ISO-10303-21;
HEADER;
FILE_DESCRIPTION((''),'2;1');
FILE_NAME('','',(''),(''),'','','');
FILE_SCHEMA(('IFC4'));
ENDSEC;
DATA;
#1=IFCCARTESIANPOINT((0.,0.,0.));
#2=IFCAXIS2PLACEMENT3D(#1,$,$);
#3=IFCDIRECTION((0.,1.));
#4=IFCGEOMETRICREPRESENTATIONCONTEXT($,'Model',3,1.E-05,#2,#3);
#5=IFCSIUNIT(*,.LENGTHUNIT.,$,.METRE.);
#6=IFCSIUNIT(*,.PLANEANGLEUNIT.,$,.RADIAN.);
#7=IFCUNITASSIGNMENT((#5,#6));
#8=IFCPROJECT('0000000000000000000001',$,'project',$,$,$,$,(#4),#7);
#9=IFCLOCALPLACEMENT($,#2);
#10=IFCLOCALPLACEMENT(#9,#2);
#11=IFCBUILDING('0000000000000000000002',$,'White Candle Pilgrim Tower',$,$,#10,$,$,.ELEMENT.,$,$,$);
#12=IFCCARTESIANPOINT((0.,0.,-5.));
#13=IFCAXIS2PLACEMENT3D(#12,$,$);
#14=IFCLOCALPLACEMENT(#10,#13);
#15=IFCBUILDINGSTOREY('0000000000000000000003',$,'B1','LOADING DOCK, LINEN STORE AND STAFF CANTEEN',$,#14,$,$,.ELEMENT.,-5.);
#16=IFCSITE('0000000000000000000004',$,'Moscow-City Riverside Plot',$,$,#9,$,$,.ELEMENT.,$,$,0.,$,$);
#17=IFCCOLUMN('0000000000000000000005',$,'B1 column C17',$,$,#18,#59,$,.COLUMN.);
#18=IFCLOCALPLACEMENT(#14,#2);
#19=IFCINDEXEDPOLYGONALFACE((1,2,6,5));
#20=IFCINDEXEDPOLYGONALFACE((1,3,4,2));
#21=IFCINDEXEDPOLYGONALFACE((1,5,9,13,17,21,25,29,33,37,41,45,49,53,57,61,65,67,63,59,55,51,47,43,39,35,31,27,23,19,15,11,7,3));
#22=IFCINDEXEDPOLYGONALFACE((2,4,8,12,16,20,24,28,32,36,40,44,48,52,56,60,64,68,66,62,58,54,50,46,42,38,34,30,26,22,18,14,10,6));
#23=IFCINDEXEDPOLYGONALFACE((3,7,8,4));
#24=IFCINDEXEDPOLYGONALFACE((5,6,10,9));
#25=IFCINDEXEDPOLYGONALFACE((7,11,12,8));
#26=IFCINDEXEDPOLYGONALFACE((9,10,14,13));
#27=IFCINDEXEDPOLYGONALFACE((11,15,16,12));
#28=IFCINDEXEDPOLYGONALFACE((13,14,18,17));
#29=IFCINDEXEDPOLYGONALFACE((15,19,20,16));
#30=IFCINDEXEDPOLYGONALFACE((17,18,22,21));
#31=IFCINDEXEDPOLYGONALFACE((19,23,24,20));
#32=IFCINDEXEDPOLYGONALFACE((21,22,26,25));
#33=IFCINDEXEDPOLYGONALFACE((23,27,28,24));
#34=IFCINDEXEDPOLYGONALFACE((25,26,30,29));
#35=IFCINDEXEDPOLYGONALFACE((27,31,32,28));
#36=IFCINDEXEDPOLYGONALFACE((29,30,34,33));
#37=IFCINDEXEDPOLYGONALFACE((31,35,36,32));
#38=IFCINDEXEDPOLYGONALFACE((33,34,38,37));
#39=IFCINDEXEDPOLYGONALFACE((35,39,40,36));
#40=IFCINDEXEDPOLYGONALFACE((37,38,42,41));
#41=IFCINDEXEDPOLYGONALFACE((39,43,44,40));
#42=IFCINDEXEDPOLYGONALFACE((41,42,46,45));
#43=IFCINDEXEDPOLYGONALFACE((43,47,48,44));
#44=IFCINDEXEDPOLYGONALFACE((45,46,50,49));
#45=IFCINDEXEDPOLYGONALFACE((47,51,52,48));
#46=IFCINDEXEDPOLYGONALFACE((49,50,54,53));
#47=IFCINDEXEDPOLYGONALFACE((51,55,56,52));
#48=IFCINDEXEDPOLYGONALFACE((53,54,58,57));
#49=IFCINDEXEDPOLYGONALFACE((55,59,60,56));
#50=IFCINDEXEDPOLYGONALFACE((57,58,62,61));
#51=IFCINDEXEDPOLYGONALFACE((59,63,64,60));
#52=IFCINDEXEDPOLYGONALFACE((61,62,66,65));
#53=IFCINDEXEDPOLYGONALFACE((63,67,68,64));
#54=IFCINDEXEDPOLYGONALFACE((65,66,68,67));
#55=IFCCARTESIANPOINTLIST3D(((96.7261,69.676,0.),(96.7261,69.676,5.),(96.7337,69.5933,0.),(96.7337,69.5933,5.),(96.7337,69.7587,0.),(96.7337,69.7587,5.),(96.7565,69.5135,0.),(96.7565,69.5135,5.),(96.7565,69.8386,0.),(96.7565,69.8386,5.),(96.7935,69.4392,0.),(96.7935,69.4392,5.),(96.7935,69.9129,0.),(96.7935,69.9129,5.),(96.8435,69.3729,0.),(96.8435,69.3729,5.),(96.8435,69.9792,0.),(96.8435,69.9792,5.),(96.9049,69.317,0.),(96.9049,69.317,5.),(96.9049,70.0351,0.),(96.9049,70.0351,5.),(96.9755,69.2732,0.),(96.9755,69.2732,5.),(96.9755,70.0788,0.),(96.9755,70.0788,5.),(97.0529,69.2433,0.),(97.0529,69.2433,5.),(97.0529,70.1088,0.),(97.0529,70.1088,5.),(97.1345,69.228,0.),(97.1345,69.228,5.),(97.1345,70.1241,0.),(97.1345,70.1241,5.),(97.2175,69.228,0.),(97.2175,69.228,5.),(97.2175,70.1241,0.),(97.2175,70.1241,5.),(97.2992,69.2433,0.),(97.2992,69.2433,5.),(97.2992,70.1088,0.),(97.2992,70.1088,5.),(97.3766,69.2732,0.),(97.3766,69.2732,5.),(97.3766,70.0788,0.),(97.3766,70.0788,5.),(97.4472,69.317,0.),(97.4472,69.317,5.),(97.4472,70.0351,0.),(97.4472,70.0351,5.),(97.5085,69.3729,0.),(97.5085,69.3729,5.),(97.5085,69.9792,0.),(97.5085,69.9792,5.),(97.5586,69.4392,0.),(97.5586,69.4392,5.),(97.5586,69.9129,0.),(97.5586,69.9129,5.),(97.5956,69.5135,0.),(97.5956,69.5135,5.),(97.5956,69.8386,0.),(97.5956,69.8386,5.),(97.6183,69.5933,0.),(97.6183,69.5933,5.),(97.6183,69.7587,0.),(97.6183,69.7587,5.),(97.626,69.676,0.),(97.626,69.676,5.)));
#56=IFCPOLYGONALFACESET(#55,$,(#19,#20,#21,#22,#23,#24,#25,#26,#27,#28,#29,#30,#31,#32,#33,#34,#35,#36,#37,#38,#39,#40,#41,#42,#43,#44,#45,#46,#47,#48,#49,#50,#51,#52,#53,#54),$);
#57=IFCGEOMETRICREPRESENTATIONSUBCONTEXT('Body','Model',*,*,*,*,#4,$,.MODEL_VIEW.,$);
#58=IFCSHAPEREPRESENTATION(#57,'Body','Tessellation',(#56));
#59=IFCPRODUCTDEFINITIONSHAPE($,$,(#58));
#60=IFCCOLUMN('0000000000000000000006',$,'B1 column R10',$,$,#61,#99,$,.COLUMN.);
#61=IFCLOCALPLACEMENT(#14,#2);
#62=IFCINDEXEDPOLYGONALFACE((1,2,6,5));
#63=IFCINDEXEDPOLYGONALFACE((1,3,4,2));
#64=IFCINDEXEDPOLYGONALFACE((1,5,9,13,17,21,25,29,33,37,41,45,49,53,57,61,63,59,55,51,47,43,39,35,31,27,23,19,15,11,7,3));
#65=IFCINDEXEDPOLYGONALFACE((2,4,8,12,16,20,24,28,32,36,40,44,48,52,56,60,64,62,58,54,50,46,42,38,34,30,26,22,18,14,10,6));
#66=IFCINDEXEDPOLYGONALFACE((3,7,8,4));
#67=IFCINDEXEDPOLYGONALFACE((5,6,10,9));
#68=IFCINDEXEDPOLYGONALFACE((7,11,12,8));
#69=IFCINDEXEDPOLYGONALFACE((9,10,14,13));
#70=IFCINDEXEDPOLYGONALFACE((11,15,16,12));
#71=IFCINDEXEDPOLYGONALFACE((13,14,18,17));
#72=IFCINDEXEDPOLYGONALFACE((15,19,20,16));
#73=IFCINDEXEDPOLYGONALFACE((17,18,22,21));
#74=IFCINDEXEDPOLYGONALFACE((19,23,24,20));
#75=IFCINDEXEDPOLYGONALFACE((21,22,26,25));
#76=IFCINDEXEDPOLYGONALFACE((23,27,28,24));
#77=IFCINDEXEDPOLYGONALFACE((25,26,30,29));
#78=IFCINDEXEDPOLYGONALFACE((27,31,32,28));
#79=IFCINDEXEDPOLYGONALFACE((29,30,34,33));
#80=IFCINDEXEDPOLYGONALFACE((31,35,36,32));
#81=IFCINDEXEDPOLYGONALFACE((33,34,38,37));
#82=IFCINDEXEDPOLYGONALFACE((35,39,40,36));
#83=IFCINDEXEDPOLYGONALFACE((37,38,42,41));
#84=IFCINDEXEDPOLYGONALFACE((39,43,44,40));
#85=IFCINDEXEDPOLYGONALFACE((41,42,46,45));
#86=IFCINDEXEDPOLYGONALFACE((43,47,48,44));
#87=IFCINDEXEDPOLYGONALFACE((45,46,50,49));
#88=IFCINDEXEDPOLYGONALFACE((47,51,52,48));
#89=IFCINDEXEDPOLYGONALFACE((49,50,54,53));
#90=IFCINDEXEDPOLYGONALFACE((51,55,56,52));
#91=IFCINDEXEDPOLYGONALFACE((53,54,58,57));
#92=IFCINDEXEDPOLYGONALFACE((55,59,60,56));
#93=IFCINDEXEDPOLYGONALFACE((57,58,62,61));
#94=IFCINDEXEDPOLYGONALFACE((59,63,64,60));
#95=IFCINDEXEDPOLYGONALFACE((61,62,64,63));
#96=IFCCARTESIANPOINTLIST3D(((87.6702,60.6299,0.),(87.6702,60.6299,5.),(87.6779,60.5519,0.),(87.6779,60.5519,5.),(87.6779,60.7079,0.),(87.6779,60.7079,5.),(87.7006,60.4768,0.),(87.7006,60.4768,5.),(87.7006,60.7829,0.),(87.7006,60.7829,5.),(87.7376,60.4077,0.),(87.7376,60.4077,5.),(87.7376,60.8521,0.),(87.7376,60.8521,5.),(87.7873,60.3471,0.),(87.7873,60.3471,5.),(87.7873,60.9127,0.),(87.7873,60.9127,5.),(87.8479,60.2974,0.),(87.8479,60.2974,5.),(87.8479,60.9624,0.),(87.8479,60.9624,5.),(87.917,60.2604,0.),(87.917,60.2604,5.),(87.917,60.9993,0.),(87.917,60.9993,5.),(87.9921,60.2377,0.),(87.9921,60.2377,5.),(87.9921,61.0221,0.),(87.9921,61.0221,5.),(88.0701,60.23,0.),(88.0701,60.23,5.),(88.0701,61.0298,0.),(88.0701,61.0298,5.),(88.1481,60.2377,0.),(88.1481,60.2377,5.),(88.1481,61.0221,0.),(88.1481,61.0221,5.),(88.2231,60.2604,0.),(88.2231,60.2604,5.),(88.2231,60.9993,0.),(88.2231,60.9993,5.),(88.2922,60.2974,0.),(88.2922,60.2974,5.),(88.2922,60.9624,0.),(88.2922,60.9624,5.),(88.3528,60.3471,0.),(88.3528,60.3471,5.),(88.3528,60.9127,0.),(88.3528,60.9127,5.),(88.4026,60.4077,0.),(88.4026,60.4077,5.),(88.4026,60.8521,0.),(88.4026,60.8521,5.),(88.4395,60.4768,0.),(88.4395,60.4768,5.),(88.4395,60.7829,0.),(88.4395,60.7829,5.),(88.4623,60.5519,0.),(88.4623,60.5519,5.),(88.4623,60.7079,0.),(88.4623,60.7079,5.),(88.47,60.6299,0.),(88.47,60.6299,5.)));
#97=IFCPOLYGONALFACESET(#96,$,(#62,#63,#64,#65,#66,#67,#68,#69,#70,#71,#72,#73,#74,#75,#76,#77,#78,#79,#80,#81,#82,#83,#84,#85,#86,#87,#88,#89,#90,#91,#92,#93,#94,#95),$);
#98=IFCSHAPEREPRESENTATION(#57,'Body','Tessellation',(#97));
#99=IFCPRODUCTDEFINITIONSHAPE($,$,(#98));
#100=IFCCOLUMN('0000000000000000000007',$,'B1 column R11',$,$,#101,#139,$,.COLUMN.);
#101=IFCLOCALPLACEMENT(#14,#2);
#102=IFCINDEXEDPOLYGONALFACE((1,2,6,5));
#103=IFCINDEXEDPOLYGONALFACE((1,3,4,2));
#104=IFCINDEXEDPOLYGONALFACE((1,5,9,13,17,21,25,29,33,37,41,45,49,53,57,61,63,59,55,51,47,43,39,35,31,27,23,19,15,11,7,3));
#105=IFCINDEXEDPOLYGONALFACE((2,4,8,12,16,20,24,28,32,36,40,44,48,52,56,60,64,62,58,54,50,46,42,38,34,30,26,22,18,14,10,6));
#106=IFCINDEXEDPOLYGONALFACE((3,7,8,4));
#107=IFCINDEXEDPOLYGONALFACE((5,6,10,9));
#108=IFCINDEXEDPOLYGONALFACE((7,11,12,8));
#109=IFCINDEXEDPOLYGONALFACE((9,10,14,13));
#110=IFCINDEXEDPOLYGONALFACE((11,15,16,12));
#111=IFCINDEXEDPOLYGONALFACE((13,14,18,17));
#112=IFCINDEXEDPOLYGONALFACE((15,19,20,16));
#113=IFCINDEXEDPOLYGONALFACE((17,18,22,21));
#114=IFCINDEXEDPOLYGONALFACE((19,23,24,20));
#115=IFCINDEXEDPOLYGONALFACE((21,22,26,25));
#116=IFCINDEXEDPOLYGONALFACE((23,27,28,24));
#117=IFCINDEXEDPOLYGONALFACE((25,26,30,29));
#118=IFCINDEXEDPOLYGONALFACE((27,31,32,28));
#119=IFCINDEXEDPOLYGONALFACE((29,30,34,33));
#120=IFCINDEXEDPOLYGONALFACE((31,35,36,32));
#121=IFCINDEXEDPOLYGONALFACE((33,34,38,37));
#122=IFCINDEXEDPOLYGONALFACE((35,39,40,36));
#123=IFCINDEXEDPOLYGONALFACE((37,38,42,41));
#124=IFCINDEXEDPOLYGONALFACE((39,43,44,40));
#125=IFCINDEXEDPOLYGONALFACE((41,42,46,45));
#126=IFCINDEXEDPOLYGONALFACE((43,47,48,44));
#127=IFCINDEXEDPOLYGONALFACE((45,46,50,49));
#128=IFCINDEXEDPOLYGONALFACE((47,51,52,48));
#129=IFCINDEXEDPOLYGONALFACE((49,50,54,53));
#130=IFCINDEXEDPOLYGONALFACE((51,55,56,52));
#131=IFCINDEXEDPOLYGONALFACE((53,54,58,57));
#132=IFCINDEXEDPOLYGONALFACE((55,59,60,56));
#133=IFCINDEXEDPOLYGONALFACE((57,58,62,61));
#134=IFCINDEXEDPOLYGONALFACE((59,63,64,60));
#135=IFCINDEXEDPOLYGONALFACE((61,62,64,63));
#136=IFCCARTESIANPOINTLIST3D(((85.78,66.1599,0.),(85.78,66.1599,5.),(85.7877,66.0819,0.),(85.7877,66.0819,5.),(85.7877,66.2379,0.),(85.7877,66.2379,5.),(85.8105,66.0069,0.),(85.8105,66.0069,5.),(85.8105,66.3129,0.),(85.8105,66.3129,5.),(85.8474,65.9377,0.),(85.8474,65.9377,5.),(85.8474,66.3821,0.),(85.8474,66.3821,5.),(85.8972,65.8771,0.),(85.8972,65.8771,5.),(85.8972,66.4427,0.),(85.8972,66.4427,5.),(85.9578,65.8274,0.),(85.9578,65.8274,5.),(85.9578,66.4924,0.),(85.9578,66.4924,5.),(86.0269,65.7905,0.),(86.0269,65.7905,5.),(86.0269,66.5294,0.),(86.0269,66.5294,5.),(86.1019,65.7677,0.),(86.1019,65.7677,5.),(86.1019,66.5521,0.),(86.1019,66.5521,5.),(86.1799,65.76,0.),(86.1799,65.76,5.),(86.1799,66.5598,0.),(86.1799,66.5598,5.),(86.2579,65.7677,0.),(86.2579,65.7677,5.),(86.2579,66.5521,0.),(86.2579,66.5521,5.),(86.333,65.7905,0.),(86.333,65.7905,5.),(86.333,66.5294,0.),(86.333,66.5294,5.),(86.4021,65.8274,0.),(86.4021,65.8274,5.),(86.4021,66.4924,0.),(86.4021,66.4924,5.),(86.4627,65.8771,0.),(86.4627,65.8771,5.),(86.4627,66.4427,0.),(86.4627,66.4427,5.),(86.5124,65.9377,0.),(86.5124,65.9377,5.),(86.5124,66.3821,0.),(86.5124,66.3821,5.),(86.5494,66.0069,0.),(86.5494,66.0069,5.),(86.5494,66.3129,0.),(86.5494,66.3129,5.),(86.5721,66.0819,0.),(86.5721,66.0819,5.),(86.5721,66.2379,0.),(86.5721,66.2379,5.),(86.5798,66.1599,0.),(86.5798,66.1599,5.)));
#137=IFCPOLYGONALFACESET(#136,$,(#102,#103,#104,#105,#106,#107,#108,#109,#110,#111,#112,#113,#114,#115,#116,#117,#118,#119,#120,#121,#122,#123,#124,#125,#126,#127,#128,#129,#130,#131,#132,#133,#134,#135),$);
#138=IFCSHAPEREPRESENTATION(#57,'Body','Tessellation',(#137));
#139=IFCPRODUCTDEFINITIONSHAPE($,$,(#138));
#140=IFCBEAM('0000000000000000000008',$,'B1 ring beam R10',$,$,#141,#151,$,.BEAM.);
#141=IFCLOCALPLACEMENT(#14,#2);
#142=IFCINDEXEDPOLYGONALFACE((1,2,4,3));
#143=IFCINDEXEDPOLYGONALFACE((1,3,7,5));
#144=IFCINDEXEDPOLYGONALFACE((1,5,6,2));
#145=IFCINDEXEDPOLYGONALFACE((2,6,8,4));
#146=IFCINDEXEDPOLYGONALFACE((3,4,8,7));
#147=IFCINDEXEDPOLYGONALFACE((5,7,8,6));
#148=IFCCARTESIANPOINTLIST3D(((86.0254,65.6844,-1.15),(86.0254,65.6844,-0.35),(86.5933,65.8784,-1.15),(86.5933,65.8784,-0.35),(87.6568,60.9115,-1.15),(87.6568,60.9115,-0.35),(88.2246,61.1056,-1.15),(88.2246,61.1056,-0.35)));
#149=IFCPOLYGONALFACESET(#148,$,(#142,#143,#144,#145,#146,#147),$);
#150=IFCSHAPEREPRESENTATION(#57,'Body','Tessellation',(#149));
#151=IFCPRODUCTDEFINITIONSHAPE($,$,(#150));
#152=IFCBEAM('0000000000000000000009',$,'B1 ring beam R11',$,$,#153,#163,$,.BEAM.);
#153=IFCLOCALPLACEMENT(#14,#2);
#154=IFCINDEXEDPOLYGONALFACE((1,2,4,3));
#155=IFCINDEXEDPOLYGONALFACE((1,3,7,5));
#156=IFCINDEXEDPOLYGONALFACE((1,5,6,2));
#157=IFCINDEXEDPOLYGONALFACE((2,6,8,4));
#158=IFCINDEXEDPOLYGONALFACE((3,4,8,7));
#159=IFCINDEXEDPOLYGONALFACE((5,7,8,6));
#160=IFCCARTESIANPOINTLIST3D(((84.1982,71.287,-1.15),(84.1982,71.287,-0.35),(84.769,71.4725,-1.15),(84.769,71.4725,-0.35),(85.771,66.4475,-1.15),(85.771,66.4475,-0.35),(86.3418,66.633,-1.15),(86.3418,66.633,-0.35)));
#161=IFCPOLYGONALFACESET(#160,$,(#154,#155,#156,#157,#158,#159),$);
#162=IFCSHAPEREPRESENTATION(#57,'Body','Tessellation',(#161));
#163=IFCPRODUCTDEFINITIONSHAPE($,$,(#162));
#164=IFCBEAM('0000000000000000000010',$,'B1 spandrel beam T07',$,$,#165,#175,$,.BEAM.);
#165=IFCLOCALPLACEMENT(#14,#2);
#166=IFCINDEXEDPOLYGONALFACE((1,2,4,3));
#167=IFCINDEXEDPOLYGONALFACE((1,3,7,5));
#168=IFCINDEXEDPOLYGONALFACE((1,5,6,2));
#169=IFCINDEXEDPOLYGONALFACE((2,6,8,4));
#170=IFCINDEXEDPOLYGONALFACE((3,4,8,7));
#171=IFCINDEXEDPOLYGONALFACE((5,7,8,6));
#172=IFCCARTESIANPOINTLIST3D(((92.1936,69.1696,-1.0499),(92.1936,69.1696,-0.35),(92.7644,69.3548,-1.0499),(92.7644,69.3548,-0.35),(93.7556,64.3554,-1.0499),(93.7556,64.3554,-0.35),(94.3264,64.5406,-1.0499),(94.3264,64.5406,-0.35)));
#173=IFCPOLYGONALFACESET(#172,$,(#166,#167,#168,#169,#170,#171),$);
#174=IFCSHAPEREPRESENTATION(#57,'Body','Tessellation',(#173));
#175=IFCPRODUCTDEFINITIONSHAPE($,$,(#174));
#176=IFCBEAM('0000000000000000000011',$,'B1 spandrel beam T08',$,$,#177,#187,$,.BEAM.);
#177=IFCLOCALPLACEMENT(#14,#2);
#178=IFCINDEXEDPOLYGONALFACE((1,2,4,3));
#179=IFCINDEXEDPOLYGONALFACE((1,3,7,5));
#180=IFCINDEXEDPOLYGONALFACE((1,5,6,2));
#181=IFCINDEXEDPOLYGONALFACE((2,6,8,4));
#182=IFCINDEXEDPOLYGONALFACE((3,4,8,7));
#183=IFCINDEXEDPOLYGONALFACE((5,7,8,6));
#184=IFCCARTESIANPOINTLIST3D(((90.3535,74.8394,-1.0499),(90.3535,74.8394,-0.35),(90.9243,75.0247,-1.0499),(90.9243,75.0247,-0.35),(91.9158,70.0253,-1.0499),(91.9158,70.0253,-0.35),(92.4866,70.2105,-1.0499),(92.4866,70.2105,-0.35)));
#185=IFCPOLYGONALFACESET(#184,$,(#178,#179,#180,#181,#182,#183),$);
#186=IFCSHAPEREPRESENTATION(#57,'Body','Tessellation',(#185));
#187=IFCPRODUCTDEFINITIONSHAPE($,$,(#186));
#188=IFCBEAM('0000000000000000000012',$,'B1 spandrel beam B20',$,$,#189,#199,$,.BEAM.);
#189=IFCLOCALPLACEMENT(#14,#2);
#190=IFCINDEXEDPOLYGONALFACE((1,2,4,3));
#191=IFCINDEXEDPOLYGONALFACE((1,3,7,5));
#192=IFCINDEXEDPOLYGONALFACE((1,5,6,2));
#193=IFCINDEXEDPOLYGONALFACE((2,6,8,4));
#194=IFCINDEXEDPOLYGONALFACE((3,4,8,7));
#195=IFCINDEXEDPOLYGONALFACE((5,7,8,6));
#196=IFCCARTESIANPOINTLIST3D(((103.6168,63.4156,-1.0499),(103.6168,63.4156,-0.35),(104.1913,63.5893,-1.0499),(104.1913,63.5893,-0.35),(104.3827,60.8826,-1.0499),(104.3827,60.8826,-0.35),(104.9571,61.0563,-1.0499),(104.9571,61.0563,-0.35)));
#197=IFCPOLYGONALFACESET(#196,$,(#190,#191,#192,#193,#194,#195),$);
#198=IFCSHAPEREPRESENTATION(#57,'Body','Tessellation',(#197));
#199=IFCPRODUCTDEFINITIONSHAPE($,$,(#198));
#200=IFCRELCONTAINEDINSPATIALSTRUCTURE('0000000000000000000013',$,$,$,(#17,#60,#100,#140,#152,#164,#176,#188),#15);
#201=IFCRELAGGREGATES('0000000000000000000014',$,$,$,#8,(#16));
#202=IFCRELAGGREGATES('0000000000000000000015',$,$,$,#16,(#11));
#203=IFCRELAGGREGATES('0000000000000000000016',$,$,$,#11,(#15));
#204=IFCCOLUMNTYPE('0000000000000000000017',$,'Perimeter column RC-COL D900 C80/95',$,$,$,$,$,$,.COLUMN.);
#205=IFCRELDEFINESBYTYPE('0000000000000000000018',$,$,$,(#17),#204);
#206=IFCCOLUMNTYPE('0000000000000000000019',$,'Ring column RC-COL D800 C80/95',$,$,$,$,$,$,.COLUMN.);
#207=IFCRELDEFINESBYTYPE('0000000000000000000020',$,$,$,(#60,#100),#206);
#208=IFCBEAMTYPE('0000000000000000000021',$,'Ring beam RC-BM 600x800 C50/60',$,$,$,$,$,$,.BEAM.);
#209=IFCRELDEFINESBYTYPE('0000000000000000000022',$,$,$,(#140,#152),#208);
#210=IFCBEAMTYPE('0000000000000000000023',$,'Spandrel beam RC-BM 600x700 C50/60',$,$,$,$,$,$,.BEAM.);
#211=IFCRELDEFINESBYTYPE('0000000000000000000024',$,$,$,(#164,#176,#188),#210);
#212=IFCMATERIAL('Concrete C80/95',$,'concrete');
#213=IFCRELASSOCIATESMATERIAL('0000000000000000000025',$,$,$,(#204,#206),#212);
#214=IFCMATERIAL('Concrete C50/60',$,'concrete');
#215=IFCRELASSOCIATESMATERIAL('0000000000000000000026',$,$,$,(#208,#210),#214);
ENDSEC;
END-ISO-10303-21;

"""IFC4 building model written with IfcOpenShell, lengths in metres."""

from ifc_helpers import new_model, si_unit, direction, frame, origin, origin_2d, place, context, subcontext, project, spatial, rectangle, circle, extrude, material, material_profile, profile_set, type_object, element, save


model = new_model("IFC4")

# Units and contexts
model_context = context("Model", 3, precision=1e-05, world=origin(), true_north=direction((0.0, 1.0)))
body_context = subcontext(model_context, "Body", "Model", "MODEL_VIEW")
ifc_project = project(units=[si_unit("LENGTHUNIT", "METRE"), si_unit("PLANEANGLEUNIT", "RADIAN")], contexts=[model_context])

# Site, building, storey
site_placement = place(None, origin())
site = spatial("IfcSite", under=ifc_project, at=site_placement, Name="Moscow-City Riverside Plot", CompositionType="ELEMENT", RefElevation=0.0)
building_placement = place(site_placement, origin())
building = spatial("IfcBuilding", under=site, at=building_placement, Name="White Candle Pilgrim Tower", CompositionType="ELEMENT")
storey_placement = place(building_placement, frame((0.0, 0.0, -5.0)))
storey = spatial("IfcBuildingStorey", under=building, at=storey_placement, Name="B1", Description="LOADING DOCK, LINEN STORE AND STAFF CANTEEN", CompositionType="ELEMENT", Elevation=-5.0)

# Columns
ifc_material_1 = material(Name="Concrete C80/95", Category="concrete")
ifc_material_profile_1 = material_profile(ifc_material_1, circle(Radius=0.45, at=origin_2d()), Name="RC-COL D900")
ifc_profile_set_1 = profile_set([ifc_material_profile_1], Name="Concrete C80/95")
column_type_1 = type_object("IfcColumnType", Name="Perimeter column RC-COL D900 C80/95", PredefinedType="COLUMN", material=ifc_profile_set_1)
for number, where, z_axis, x_axis, name in (
    (1, (97.176, 69.676, 0.0), (0.0, 0.0, 1.0), (1.0, 0.0, 0.0), "B1 column C17"),
):
    element("IfcColumn", number, at=place(storey_placement, frame(where, z_axis=z_axis, x_axis=x_axis)), inside=storey, type_object=column_type_1, Name=name, PredefinedType="COLUMN", context=body_context, shape_type="SweptSolid", body=[
        extrude(circle(Radius=0.45, at=origin_2d()), origin(), (0.0, 0.0, 1.0), 5.0),
    ])
ifc_material_profile_2 = material_profile(ifc_material_1, circle(Radius=0.3999, at=origin_2d()), Name="RC-COL D800")
ifc_profile_set_2 = profile_set([ifc_material_profile_2], Name="Concrete C80/95")
column_type_2 = type_object("IfcColumnType", Name="Ring column RC-COL D800 C80/95", PredefinedType="COLUMN", material=ifc_profile_set_2)
for number, where, z_axis, x_axis, name in (
    (2, (88.0701, 60.6299, 0.0), (0.0, 0.0, 1.0), (1.0, 0.0, 0.0), "B1 column R10"),
    (3, (86.1799, 66.1599, 0.0), (0.0, 0.0, 1.0), (1.0, 0.0, 0.0), "B1 column R11"),
):
    element("IfcColumn", number, at=place(storey_placement, frame(where, z_axis=z_axis, x_axis=x_axis)), inside=storey, type_object=column_type_2, Name=name, PredefinedType="COLUMN", context=body_context, shape_type="SweptSolid", body=[
        extrude(circle(Radius=0.3999, at=origin_2d()), origin(), (0.0, 0.0, 1.0), 5.0),
    ])

# Beams
ifc_material_2 = material(Name="Concrete C50/60", Category="concrete")
ifc_material_profile_3 = material_profile(ifc_material_2, rectangle(XDim=0.6001, YDim=0.8, at=origin_2d()), Name="RC-BM 600x800")
ifc_profile_set_3 = profile_set([ifc_material_profile_3], Name="Concrete C50/60")
beam_type_1 = type_object("IfcBeamType", Name="Ring beam RC-BM 600x800 C50/60", PredefinedType="BEAM", material=ifc_profile_set_3)
beam_1_placement = place(storey_placement, frame((87.9407, 61.0085, -0.75), z_axis=(-0.323421, 0.946255, 0.0), x_axis=(-0.946255, -0.323421, 0.0)))
element("IfcBeam", 4, at=beam_1_placement, inside=storey, type_object=beam_type_1, Name="B1 ring beam R10", PredefinedType="BEAM", context=body_context, shape_type="SweptSolid", body=[
    extrude(rectangle(XDim=0.6001, YDim=0.8, at=origin_2d()), origin(), (0.0, 0.0, 1.0), 5.0439),
])
beam_2_placement = place(storey_placement, frame((86.0564, 66.5403, -0.75), z_axis=(-0.30908, 0.951036, 0.0), x_axis=(-0.951036, -0.30908, 0.0)))
element("IfcBeam", 5, at=beam_2_placement, inside=storey, type_object=beam_type_1, Name="B1 ring beam R11", PredefinedType="BEAM", context=body_context, shape_type="SweptSolid", body=[
    extrude(rectangle(XDim=0.6001, YDim=0.8, at=origin_2d()), origin(), (0.0, 0.0, 1.0), 5.0886),
])
ifc_material_profile_4 = material_profile(ifc_material_2, rectangle(XDim=0.6001, YDim=0.7, at=origin_2d()), Name="RC-BM 600x700")
ifc_profile_set_4 = profile_set([ifc_material_profile_4], Name="Concrete C50/60")
beam_type_2 = type_object("IfcBeamType", Name="Spandrel beam RC-BM 600x700 C50/60", PredefinedType="BEAM", material=ifc_profile_set_4)
for number, where, z_axis, x_axis, name in (
    (6, (94.041, 64.448, -0.7), (-0.30862, 0.951185, 0.0), (-0.951185, -0.30862, 0.0), "B1 spandrel beam T07"),
    (7, (92.2012, 70.1179, -0.7), (-0.308664, 0.951171, 0.0), (-0.951171, -0.308664, 0.0), "B1 spandrel beam T08"),
):
    element("IfcBeam", number, at=place(storey_placement, frame(where, z_axis=z_axis, x_axis=x_axis)), inside=storey, type_object=beam_type_2, Name=name, PredefinedType="BEAM", context=body_context, shape_type="SweptSolid", body=[
        extrude(rectangle(XDim=0.6001, YDim=0.7, at=origin_2d()), origin(), (0.0, 0.0, 1.0), 5.0613),
    ])
beam_3_placement = place(storey_placement, frame((104.6699, 60.9695, -0.7), z_axis=(-0.289421, 0.957202, 0.0), x_axis=(-0.957202, -0.289421, 0.0)))
element("IfcBeam", 8, at=beam_3_placement, inside=storey, type_object=beam_type_2, Name="B1 spandrel beam B20", PredefinedType="BEAM", context=body_context, shape_type="SweptSolid", body=[
    extrude(rectangle(XDim=0.6001, YDim=0.7, at=origin_2d()), origin(), (0.0, 0.0, 1.0), 2.6462),
])

save(model, "model.ifc")
